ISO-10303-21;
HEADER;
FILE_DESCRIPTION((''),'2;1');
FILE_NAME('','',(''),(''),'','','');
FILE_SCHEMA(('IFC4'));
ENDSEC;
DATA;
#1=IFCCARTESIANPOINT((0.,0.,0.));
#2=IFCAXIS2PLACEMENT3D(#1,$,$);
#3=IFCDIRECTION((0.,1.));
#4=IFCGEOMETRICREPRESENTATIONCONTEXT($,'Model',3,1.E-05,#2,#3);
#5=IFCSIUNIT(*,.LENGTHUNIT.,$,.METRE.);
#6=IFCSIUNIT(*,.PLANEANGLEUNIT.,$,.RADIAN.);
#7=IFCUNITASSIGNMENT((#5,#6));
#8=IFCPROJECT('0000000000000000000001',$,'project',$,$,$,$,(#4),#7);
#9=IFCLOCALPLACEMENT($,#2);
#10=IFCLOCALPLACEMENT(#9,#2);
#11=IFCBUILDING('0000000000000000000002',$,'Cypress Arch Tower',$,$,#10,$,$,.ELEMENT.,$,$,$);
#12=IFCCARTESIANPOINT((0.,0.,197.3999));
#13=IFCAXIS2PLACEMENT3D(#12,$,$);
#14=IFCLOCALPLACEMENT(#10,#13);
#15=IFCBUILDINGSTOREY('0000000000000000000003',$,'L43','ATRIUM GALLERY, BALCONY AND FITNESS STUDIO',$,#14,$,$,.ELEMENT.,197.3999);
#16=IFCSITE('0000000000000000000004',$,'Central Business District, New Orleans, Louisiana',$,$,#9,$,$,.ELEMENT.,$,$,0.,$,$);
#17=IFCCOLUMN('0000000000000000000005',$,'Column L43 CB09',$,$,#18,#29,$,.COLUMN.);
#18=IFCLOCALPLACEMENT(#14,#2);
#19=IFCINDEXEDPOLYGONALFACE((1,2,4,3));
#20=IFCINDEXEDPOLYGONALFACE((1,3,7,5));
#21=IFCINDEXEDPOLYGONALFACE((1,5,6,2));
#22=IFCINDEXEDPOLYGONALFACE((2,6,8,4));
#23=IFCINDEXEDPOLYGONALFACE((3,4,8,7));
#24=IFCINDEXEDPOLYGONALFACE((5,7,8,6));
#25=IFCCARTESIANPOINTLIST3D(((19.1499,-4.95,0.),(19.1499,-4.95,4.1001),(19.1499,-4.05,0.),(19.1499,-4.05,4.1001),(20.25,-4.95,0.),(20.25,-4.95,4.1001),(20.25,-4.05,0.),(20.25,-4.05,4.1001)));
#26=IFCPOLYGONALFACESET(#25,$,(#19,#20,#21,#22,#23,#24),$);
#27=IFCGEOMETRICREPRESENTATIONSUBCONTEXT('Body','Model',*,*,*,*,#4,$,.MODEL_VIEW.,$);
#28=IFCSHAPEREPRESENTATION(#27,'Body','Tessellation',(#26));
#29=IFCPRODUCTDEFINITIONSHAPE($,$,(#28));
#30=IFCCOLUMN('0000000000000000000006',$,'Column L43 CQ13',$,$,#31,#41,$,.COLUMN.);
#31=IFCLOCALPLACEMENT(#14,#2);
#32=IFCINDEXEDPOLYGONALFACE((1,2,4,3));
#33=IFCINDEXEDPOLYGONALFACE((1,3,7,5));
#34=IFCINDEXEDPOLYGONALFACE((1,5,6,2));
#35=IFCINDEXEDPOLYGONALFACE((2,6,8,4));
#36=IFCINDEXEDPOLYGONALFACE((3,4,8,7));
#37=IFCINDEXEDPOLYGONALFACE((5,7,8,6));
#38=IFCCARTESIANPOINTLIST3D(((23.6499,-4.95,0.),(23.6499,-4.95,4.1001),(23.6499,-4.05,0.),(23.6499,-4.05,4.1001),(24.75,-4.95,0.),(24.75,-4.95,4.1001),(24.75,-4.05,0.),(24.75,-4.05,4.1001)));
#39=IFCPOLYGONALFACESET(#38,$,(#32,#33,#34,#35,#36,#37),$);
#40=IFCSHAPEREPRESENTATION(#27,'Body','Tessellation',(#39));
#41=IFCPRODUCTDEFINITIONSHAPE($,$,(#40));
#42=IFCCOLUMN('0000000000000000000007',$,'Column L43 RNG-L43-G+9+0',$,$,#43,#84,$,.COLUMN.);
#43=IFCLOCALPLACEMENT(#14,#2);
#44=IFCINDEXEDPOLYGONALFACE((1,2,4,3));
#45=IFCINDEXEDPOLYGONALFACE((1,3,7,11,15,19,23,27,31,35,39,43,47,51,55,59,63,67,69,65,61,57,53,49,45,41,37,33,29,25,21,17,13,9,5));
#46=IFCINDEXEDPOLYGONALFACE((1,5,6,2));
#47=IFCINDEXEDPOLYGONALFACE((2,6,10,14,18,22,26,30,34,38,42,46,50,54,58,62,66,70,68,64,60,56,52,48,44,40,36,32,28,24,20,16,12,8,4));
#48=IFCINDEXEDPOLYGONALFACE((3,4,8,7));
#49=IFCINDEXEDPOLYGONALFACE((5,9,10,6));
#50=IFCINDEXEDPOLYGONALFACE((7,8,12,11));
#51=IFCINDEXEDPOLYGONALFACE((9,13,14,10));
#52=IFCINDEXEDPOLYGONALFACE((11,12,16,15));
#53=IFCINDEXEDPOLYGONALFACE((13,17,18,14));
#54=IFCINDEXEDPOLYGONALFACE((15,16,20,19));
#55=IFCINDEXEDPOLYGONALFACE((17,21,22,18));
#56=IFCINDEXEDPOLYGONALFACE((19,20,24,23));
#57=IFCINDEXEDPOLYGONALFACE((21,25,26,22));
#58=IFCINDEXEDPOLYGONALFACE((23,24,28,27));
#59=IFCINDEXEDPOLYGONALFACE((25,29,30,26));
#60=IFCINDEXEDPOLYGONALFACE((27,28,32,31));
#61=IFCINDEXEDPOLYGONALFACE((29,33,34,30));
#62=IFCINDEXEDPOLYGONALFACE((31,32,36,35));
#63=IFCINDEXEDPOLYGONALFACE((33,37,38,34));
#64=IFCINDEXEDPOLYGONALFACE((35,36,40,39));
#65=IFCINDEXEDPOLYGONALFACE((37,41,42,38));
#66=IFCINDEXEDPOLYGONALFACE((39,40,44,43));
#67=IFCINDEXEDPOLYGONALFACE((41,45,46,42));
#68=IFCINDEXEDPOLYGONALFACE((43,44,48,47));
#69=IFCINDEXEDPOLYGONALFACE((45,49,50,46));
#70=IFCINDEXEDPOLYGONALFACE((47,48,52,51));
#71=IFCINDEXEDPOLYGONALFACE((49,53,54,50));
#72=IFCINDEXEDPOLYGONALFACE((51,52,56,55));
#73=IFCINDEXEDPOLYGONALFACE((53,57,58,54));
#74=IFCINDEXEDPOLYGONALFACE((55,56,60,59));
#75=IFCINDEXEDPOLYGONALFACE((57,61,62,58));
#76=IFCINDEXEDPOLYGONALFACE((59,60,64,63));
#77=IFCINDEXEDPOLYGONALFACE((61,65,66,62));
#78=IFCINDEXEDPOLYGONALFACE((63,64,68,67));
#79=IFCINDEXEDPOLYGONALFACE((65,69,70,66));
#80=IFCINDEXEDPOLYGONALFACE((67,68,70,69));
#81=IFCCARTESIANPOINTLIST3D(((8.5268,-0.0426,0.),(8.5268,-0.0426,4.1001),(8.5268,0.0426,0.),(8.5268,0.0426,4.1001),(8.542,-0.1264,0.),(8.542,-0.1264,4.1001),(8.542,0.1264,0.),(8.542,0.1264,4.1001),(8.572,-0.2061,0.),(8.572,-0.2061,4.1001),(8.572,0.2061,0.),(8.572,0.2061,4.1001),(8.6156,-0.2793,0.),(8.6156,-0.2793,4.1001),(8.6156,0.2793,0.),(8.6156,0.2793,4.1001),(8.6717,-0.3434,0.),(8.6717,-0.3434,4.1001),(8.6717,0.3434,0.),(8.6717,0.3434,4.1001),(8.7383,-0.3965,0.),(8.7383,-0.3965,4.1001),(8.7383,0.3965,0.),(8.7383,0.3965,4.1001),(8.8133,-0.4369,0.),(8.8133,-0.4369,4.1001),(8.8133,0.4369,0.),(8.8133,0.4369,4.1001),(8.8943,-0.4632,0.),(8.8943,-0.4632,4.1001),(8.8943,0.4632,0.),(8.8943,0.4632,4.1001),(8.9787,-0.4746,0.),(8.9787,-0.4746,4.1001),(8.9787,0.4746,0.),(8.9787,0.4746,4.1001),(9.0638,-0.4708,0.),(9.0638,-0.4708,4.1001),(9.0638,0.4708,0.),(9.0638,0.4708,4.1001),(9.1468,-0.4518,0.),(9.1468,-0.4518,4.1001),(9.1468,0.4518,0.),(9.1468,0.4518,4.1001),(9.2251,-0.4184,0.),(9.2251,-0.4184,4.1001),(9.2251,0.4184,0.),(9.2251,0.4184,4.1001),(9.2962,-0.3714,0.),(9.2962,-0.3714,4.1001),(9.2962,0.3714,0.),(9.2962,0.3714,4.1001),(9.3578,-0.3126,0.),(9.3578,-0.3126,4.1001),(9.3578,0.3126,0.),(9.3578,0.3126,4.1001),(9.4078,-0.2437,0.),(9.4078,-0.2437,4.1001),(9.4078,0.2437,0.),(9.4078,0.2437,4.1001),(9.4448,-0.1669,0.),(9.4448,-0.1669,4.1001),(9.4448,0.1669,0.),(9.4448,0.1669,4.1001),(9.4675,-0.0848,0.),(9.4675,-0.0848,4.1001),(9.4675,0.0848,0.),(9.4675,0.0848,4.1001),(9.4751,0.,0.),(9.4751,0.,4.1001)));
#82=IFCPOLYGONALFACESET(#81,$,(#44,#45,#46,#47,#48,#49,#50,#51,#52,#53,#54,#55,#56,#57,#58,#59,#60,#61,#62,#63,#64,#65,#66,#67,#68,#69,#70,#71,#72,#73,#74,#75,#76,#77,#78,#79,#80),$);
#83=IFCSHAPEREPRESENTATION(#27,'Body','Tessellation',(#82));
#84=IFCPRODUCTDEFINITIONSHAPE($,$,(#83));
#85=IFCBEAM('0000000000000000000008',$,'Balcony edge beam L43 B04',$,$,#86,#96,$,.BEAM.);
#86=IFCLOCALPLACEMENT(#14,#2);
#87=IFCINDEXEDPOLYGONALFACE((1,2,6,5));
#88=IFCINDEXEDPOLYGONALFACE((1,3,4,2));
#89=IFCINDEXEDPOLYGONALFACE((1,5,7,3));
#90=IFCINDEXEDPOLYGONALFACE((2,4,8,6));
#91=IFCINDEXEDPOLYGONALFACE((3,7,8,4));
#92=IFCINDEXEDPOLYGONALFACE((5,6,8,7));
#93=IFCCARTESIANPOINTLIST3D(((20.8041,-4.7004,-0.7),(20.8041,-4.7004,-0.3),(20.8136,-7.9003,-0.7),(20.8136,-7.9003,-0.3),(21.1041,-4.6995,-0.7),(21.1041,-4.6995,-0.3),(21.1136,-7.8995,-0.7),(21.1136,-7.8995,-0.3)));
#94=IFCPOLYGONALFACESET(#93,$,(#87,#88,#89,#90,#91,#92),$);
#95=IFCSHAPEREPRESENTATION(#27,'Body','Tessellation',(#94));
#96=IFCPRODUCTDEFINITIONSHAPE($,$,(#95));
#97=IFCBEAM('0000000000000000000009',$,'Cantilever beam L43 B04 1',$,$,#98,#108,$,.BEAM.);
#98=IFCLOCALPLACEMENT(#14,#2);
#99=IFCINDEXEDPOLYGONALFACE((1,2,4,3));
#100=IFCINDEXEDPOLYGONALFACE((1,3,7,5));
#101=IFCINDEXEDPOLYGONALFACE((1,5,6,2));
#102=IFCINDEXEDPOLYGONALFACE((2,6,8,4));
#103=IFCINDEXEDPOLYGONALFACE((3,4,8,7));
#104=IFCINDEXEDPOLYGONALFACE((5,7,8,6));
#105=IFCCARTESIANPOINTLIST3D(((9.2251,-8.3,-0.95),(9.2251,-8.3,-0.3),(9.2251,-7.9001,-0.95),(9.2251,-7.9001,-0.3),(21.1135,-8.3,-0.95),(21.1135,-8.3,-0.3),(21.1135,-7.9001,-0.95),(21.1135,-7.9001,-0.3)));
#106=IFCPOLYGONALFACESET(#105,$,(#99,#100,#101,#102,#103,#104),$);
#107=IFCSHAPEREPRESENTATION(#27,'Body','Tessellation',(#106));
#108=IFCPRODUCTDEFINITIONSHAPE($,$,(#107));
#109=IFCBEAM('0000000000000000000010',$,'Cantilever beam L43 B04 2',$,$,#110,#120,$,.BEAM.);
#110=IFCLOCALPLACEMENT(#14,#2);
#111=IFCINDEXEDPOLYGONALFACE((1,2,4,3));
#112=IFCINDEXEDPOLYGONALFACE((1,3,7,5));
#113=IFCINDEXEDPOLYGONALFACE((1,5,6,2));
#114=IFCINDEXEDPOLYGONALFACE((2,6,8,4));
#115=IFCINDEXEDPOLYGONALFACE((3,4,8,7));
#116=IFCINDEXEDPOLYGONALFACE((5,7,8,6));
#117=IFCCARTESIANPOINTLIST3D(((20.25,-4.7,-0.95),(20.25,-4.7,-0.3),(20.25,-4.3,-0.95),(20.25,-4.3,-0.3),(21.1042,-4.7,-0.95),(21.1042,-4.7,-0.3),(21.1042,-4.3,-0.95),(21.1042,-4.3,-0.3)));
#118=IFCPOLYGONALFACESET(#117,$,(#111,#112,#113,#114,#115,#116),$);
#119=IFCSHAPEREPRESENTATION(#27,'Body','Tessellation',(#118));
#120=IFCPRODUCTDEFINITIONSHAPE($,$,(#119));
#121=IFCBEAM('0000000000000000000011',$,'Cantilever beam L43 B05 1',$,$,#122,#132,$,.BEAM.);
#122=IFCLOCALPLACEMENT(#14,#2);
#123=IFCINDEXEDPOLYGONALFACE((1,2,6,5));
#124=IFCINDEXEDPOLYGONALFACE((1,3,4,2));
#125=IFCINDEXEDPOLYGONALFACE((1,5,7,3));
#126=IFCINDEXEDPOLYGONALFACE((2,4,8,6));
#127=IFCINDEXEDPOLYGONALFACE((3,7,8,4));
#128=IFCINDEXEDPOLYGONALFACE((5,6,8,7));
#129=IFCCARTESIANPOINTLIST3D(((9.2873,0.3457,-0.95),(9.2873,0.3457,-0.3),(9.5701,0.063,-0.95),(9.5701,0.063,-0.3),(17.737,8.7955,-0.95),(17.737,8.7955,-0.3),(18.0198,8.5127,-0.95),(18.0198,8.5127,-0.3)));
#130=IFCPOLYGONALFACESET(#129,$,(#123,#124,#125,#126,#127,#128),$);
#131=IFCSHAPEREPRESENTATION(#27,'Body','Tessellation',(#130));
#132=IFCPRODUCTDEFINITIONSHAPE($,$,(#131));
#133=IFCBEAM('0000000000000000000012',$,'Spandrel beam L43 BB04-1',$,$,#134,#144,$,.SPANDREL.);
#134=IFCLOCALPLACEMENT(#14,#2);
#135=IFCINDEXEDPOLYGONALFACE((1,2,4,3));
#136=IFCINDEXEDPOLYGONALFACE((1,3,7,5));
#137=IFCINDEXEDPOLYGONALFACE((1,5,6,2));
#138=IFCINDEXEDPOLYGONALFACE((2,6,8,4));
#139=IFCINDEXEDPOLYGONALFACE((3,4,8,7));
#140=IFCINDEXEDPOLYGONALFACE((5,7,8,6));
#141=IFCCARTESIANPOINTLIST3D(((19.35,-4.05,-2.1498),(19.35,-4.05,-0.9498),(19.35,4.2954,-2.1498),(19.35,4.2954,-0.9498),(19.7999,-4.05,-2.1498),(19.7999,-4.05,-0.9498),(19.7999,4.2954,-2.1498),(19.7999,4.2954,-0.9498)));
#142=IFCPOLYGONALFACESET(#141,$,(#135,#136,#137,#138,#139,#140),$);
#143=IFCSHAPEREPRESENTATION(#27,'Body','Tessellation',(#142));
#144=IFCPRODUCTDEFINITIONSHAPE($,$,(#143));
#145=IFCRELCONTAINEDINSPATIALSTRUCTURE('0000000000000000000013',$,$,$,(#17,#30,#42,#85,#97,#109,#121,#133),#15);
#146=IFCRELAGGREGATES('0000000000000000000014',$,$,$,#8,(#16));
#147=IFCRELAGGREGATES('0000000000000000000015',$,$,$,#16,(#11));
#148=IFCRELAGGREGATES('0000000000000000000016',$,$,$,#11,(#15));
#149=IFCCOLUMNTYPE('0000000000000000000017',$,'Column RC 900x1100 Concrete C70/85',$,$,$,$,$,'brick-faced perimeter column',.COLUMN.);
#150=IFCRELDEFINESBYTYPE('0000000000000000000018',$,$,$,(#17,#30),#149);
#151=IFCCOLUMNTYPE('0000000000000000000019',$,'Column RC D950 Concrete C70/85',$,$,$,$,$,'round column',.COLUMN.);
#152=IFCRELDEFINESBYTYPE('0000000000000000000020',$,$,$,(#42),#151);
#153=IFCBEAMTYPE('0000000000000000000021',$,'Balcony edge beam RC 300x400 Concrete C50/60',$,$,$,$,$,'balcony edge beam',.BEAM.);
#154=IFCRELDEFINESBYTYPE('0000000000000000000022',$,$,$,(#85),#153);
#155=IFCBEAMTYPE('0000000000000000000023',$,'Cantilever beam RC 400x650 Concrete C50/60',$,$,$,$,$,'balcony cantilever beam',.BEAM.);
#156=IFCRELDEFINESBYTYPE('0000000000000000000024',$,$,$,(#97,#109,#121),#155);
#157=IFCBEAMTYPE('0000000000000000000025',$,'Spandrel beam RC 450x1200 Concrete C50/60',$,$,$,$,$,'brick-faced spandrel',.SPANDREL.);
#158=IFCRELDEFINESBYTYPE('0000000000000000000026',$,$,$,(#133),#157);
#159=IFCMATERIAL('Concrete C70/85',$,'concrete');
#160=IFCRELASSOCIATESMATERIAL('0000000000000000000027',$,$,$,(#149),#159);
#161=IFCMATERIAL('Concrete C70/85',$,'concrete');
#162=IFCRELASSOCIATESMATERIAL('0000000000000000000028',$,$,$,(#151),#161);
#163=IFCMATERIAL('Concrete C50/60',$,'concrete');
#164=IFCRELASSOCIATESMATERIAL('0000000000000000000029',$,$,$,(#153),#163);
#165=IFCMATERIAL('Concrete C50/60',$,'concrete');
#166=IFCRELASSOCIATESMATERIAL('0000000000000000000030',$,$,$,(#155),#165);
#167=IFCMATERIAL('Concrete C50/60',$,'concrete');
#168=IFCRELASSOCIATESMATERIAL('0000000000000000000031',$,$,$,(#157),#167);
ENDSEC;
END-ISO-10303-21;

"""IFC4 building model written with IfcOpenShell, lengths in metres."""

from ifc_helpers import new_model, si_unit, direction, frame, origin, origin_2d, place, context, subcontext, project, spatial, rectangle, circle, extrude, material, material_profile, profile_set, type_object, element, save


model = new_model("IFC4")

# Units and contexts
model_context = context("Model", 3, precision=1e-05, world=origin(), true_north=direction((0.0, 1.0)))
body_context = subcontext(model_context, "Body", "Model", "MODEL_VIEW")
ifc_project = project(units=[si_unit("LENGTHUNIT", "METRE"), si_unit("PLANEANGLEUNIT", "RADIAN")], contexts=[model_context])

# Site, building, storey
site_placement = place(None, origin())
site = spatial("IfcSite", under=ifc_project, at=site_placement, Name="Central Business District, New Orleans, Louisiana", CompositionType="ELEMENT", RefElevation=0.0)
building_placement = place(site_placement, origin())
building = spatial("IfcBuilding", under=site, at=building_placement, Name="Cypress Arch Tower", CompositionType="ELEMENT")
storey_placement = place(building_placement, frame((0.0, 0.0, 197.3999)))
storey = spatial("IfcBuildingStorey", under=building, at=storey_placement, Name="L43", Description="ATRIUM GALLERY, BALCONY AND FITNESS STUDIO", CompositionType="ELEMENT", Elevation=197.3999)

# Columns
ifc_material_1 = material(Name="Concrete C70/85", Category="concrete")
ifc_material_profile_1 = material_profile(ifc_material_1, rectangle(XDim=0.8999, YDim=1.1001, at=origin_2d()), Name="RC 900x1100")
ifc_profile_set_1 = profile_set([ifc_material_profile_1], Name="Concrete C70/85")
column_type_1 = type_object("IfcColumnType", Name="Column RC 900x1100 Concrete C70/85", ElementType="brick-faced perimeter column", PredefinedType="COLUMN", material=ifc_profile_set_1)
for number, where, z_axis, x_axis, name in (
    (1, (19.7, -4.5, 0.0), (0.0, 0.0, 1.0), (0.0, 1.0, 0.0), "Column L43 CB09"),
    (2, (24.2, -4.5, 0.0), (0.0, 0.0, 1.0), (0.0, 1.0, 0.0), "Column L43 CQ13"),
):
    element("IfcColumn", number, at=place(storey_placement, frame(where, z_axis=z_axis, x_axis=x_axis)), inside=storey, type_object=column_type_1, Name=name, PredefinedType="COLUMN", context=body_context, shape_type="SweptSolid", body=[
        extrude(rectangle(XDim=0.8999, YDim=1.1001, at=origin_2d()), origin(), (0.0, 0.0, 1.0), 4.1001),
    ])
ifc_material_2 = material(Name="Concrete C70/85", Category="concrete")
ifc_material_profile_2 = material_profile(ifc_material_2, circle(Radius=0.4751, at=origin_2d()), Name="RC D950")
ifc_profile_set_2 = profile_set([ifc_material_profile_2], Name="Concrete C70/85")
column_type_2 = type_object("IfcColumnType", Name="Column RC D950 Concrete C70/85", ElementType="round column", PredefinedType="COLUMN", material=ifc_profile_set_2)
column_placement = place(storey_placement, frame((9.0, 0.0, 0.0), z_axis=(0.0, 0.0, 1.0), x_axis=(1.0, 0.0, 0.0)))
element("IfcColumn", 3, at=column_placement, inside=storey, type_object=column_type_2, Name="Column L43 RNG-L43-G+9+0", PredefinedType="COLUMN", context=body_context, shape_type="SweptSolid", body=[
    extrude(circle(Radius=0.4751, at=origin_2d()), origin(), (0.0, 0.0, 1.0), 4.1001),
])

# Beams
ifc_material_3 = material(Name="Concrete C50/60", Category="concrete")
ifc_material_profile_3 = material_profile(ifc_material_3, rectangle(XDim=0.3, YDim=0.3999, at=origin_2d()), Name="RC 300x400")
ifc_profile_set_3 = profile_set([ifc_material_profile_3], Name="Concrete C50/60")
beam_type_1 = type_object("IfcBeamType", Name="Balcony edge beam RC 300x400 Concrete C50/60", ElementType="balcony edge beam", PredefinedType="BEAM", material=ifc_profile_set_3)
beam_1_placement = place(storey_placement, frame((20.9636, -7.8999, -0.5), z_axis=(-0.002975, 0.999996, 0.0), x_axis=(-0.999996, -0.002975, 0.0)))
element("IfcBeam", 4, at=beam_1_placement, inside=storey, type_object=beam_type_1, Name="Balcony edge beam L43 B04", PredefinedType="BEAM", context=body_context, shape_type="SweptSolid", body=[
    extrude(rectangle(XDim=0.3, YDim=0.3999, at=origin_2d()), origin(), (0.0, 0.0, 1.0), 3.2),
])
ifc_material_4 = material(Name="Concrete C50/60", Category="concrete")
ifc_material_profile_4 = material_profile(ifc_material_4, rectangle(XDim=0.3999, YDim=0.6499, at=origin_2d()), Name="RC 400x650")
ifc_profile_set_4 = profile_set([ifc_material_profile_4], Name="Concrete C50/60")
beam_type_2 = type_object("IfcBeamType", Name="Cantilever beam RC 400x650 Concrete C50/60", ElementType="balcony cantilever beam", PredefinedType="BEAM", material=ifc_profile_set_4)
beam_2_placement = place(storey_placement, frame((9.2251, -8.1001, -0.625), z_axis=(1.0, 0.0, 0.0), x_axis=(0.0, 1.0, 0.0)))
element("IfcBeam", 5, at=beam_2_placement, inside=storey, type_object=beam_type_2, Name="Cantilever beam L43 B04 1", PredefinedType="BEAM", context=body_context, shape_type="SweptSolid", body=[
    extrude(rectangle(XDim=0.3999, YDim=0.6499, at=origin_2d()), origin(), (0.0, 0.0, 1.0), 11.8884),
])
beam_3_placement = place(storey_placement, frame((20.25, -4.5, -0.625), z_axis=(1.0, 0.0, 0.0), x_axis=(0.0, 1.0, 0.0)))
element("IfcBeam", 6, at=beam_3_placement, inside=storey, type_object=beam_type_2, Name="Cantilever beam L43 B04 2", PredefinedType="BEAM", context=body_context, shape_type="SweptSolid", body=[
    extrude(rectangle(XDim=0.3999, YDim=0.6499, at=origin_2d()), origin(), (0.0, 0.0, 1.0), 0.8542),
])
beam_4_placement = place(storey_placement, frame((9.4287, 0.2043, -0.625), z_axis=(0.707107, 0.707107, 0.0), x_axis=(-0.707107, 0.707107, 0.0)))
element("IfcBeam", 7, at=beam_4_placement, inside=storey, type_object=beam_type_2, Name="Cantilever beam L43 B05 1", PredefinedType="BEAM", context=body_context, shape_type="SweptSolid", body=[
    extrude(rectangle(XDim=0.3999, YDim=0.6499, at=origin_2d()), origin(), (0.0, 0.0, 1.0), 11.9497),
])
ifc_material_5 = material(Name="Concrete C50/60", Category="concrete")
ifc_material_profile_5 = material_profile(ifc_material_5, rectangle(XDim=0.45, YDim=1.2, at=origin_2d()), Name="RC 450x1200")
ifc_profile_set_5 = profile_set([ifc_material_profile_5], Name="Concrete C50/60")
beam_type_3 = type_object("IfcBeamType", Name="Spandrel beam RC 450x1200 Concrete C50/60", ElementType="brick-faced spandrel", PredefinedType="SPANDREL", material=ifc_profile_set_5)
beam_5_placement = place(storey_placement, frame((19.575, -4.05, -1.5498), z_axis=(0.0, 1.0, 0.0), x_axis=(-1.0, 0.0, 0.0)))
element("IfcBeam", 8, at=beam_5_placement, inside=storey, type_object=beam_type_3, Name="Spandrel beam L43 BB04-1", PredefinedType="SPANDREL", context=body_context, shape_type="SweptSolid", body=[
    extrude(rectangle(XDim=0.45, YDim=1.2, at=origin_2d()), origin(), (0.0, 0.0, 1.0), 8.3455),
])

save(model, "model.ifc")
